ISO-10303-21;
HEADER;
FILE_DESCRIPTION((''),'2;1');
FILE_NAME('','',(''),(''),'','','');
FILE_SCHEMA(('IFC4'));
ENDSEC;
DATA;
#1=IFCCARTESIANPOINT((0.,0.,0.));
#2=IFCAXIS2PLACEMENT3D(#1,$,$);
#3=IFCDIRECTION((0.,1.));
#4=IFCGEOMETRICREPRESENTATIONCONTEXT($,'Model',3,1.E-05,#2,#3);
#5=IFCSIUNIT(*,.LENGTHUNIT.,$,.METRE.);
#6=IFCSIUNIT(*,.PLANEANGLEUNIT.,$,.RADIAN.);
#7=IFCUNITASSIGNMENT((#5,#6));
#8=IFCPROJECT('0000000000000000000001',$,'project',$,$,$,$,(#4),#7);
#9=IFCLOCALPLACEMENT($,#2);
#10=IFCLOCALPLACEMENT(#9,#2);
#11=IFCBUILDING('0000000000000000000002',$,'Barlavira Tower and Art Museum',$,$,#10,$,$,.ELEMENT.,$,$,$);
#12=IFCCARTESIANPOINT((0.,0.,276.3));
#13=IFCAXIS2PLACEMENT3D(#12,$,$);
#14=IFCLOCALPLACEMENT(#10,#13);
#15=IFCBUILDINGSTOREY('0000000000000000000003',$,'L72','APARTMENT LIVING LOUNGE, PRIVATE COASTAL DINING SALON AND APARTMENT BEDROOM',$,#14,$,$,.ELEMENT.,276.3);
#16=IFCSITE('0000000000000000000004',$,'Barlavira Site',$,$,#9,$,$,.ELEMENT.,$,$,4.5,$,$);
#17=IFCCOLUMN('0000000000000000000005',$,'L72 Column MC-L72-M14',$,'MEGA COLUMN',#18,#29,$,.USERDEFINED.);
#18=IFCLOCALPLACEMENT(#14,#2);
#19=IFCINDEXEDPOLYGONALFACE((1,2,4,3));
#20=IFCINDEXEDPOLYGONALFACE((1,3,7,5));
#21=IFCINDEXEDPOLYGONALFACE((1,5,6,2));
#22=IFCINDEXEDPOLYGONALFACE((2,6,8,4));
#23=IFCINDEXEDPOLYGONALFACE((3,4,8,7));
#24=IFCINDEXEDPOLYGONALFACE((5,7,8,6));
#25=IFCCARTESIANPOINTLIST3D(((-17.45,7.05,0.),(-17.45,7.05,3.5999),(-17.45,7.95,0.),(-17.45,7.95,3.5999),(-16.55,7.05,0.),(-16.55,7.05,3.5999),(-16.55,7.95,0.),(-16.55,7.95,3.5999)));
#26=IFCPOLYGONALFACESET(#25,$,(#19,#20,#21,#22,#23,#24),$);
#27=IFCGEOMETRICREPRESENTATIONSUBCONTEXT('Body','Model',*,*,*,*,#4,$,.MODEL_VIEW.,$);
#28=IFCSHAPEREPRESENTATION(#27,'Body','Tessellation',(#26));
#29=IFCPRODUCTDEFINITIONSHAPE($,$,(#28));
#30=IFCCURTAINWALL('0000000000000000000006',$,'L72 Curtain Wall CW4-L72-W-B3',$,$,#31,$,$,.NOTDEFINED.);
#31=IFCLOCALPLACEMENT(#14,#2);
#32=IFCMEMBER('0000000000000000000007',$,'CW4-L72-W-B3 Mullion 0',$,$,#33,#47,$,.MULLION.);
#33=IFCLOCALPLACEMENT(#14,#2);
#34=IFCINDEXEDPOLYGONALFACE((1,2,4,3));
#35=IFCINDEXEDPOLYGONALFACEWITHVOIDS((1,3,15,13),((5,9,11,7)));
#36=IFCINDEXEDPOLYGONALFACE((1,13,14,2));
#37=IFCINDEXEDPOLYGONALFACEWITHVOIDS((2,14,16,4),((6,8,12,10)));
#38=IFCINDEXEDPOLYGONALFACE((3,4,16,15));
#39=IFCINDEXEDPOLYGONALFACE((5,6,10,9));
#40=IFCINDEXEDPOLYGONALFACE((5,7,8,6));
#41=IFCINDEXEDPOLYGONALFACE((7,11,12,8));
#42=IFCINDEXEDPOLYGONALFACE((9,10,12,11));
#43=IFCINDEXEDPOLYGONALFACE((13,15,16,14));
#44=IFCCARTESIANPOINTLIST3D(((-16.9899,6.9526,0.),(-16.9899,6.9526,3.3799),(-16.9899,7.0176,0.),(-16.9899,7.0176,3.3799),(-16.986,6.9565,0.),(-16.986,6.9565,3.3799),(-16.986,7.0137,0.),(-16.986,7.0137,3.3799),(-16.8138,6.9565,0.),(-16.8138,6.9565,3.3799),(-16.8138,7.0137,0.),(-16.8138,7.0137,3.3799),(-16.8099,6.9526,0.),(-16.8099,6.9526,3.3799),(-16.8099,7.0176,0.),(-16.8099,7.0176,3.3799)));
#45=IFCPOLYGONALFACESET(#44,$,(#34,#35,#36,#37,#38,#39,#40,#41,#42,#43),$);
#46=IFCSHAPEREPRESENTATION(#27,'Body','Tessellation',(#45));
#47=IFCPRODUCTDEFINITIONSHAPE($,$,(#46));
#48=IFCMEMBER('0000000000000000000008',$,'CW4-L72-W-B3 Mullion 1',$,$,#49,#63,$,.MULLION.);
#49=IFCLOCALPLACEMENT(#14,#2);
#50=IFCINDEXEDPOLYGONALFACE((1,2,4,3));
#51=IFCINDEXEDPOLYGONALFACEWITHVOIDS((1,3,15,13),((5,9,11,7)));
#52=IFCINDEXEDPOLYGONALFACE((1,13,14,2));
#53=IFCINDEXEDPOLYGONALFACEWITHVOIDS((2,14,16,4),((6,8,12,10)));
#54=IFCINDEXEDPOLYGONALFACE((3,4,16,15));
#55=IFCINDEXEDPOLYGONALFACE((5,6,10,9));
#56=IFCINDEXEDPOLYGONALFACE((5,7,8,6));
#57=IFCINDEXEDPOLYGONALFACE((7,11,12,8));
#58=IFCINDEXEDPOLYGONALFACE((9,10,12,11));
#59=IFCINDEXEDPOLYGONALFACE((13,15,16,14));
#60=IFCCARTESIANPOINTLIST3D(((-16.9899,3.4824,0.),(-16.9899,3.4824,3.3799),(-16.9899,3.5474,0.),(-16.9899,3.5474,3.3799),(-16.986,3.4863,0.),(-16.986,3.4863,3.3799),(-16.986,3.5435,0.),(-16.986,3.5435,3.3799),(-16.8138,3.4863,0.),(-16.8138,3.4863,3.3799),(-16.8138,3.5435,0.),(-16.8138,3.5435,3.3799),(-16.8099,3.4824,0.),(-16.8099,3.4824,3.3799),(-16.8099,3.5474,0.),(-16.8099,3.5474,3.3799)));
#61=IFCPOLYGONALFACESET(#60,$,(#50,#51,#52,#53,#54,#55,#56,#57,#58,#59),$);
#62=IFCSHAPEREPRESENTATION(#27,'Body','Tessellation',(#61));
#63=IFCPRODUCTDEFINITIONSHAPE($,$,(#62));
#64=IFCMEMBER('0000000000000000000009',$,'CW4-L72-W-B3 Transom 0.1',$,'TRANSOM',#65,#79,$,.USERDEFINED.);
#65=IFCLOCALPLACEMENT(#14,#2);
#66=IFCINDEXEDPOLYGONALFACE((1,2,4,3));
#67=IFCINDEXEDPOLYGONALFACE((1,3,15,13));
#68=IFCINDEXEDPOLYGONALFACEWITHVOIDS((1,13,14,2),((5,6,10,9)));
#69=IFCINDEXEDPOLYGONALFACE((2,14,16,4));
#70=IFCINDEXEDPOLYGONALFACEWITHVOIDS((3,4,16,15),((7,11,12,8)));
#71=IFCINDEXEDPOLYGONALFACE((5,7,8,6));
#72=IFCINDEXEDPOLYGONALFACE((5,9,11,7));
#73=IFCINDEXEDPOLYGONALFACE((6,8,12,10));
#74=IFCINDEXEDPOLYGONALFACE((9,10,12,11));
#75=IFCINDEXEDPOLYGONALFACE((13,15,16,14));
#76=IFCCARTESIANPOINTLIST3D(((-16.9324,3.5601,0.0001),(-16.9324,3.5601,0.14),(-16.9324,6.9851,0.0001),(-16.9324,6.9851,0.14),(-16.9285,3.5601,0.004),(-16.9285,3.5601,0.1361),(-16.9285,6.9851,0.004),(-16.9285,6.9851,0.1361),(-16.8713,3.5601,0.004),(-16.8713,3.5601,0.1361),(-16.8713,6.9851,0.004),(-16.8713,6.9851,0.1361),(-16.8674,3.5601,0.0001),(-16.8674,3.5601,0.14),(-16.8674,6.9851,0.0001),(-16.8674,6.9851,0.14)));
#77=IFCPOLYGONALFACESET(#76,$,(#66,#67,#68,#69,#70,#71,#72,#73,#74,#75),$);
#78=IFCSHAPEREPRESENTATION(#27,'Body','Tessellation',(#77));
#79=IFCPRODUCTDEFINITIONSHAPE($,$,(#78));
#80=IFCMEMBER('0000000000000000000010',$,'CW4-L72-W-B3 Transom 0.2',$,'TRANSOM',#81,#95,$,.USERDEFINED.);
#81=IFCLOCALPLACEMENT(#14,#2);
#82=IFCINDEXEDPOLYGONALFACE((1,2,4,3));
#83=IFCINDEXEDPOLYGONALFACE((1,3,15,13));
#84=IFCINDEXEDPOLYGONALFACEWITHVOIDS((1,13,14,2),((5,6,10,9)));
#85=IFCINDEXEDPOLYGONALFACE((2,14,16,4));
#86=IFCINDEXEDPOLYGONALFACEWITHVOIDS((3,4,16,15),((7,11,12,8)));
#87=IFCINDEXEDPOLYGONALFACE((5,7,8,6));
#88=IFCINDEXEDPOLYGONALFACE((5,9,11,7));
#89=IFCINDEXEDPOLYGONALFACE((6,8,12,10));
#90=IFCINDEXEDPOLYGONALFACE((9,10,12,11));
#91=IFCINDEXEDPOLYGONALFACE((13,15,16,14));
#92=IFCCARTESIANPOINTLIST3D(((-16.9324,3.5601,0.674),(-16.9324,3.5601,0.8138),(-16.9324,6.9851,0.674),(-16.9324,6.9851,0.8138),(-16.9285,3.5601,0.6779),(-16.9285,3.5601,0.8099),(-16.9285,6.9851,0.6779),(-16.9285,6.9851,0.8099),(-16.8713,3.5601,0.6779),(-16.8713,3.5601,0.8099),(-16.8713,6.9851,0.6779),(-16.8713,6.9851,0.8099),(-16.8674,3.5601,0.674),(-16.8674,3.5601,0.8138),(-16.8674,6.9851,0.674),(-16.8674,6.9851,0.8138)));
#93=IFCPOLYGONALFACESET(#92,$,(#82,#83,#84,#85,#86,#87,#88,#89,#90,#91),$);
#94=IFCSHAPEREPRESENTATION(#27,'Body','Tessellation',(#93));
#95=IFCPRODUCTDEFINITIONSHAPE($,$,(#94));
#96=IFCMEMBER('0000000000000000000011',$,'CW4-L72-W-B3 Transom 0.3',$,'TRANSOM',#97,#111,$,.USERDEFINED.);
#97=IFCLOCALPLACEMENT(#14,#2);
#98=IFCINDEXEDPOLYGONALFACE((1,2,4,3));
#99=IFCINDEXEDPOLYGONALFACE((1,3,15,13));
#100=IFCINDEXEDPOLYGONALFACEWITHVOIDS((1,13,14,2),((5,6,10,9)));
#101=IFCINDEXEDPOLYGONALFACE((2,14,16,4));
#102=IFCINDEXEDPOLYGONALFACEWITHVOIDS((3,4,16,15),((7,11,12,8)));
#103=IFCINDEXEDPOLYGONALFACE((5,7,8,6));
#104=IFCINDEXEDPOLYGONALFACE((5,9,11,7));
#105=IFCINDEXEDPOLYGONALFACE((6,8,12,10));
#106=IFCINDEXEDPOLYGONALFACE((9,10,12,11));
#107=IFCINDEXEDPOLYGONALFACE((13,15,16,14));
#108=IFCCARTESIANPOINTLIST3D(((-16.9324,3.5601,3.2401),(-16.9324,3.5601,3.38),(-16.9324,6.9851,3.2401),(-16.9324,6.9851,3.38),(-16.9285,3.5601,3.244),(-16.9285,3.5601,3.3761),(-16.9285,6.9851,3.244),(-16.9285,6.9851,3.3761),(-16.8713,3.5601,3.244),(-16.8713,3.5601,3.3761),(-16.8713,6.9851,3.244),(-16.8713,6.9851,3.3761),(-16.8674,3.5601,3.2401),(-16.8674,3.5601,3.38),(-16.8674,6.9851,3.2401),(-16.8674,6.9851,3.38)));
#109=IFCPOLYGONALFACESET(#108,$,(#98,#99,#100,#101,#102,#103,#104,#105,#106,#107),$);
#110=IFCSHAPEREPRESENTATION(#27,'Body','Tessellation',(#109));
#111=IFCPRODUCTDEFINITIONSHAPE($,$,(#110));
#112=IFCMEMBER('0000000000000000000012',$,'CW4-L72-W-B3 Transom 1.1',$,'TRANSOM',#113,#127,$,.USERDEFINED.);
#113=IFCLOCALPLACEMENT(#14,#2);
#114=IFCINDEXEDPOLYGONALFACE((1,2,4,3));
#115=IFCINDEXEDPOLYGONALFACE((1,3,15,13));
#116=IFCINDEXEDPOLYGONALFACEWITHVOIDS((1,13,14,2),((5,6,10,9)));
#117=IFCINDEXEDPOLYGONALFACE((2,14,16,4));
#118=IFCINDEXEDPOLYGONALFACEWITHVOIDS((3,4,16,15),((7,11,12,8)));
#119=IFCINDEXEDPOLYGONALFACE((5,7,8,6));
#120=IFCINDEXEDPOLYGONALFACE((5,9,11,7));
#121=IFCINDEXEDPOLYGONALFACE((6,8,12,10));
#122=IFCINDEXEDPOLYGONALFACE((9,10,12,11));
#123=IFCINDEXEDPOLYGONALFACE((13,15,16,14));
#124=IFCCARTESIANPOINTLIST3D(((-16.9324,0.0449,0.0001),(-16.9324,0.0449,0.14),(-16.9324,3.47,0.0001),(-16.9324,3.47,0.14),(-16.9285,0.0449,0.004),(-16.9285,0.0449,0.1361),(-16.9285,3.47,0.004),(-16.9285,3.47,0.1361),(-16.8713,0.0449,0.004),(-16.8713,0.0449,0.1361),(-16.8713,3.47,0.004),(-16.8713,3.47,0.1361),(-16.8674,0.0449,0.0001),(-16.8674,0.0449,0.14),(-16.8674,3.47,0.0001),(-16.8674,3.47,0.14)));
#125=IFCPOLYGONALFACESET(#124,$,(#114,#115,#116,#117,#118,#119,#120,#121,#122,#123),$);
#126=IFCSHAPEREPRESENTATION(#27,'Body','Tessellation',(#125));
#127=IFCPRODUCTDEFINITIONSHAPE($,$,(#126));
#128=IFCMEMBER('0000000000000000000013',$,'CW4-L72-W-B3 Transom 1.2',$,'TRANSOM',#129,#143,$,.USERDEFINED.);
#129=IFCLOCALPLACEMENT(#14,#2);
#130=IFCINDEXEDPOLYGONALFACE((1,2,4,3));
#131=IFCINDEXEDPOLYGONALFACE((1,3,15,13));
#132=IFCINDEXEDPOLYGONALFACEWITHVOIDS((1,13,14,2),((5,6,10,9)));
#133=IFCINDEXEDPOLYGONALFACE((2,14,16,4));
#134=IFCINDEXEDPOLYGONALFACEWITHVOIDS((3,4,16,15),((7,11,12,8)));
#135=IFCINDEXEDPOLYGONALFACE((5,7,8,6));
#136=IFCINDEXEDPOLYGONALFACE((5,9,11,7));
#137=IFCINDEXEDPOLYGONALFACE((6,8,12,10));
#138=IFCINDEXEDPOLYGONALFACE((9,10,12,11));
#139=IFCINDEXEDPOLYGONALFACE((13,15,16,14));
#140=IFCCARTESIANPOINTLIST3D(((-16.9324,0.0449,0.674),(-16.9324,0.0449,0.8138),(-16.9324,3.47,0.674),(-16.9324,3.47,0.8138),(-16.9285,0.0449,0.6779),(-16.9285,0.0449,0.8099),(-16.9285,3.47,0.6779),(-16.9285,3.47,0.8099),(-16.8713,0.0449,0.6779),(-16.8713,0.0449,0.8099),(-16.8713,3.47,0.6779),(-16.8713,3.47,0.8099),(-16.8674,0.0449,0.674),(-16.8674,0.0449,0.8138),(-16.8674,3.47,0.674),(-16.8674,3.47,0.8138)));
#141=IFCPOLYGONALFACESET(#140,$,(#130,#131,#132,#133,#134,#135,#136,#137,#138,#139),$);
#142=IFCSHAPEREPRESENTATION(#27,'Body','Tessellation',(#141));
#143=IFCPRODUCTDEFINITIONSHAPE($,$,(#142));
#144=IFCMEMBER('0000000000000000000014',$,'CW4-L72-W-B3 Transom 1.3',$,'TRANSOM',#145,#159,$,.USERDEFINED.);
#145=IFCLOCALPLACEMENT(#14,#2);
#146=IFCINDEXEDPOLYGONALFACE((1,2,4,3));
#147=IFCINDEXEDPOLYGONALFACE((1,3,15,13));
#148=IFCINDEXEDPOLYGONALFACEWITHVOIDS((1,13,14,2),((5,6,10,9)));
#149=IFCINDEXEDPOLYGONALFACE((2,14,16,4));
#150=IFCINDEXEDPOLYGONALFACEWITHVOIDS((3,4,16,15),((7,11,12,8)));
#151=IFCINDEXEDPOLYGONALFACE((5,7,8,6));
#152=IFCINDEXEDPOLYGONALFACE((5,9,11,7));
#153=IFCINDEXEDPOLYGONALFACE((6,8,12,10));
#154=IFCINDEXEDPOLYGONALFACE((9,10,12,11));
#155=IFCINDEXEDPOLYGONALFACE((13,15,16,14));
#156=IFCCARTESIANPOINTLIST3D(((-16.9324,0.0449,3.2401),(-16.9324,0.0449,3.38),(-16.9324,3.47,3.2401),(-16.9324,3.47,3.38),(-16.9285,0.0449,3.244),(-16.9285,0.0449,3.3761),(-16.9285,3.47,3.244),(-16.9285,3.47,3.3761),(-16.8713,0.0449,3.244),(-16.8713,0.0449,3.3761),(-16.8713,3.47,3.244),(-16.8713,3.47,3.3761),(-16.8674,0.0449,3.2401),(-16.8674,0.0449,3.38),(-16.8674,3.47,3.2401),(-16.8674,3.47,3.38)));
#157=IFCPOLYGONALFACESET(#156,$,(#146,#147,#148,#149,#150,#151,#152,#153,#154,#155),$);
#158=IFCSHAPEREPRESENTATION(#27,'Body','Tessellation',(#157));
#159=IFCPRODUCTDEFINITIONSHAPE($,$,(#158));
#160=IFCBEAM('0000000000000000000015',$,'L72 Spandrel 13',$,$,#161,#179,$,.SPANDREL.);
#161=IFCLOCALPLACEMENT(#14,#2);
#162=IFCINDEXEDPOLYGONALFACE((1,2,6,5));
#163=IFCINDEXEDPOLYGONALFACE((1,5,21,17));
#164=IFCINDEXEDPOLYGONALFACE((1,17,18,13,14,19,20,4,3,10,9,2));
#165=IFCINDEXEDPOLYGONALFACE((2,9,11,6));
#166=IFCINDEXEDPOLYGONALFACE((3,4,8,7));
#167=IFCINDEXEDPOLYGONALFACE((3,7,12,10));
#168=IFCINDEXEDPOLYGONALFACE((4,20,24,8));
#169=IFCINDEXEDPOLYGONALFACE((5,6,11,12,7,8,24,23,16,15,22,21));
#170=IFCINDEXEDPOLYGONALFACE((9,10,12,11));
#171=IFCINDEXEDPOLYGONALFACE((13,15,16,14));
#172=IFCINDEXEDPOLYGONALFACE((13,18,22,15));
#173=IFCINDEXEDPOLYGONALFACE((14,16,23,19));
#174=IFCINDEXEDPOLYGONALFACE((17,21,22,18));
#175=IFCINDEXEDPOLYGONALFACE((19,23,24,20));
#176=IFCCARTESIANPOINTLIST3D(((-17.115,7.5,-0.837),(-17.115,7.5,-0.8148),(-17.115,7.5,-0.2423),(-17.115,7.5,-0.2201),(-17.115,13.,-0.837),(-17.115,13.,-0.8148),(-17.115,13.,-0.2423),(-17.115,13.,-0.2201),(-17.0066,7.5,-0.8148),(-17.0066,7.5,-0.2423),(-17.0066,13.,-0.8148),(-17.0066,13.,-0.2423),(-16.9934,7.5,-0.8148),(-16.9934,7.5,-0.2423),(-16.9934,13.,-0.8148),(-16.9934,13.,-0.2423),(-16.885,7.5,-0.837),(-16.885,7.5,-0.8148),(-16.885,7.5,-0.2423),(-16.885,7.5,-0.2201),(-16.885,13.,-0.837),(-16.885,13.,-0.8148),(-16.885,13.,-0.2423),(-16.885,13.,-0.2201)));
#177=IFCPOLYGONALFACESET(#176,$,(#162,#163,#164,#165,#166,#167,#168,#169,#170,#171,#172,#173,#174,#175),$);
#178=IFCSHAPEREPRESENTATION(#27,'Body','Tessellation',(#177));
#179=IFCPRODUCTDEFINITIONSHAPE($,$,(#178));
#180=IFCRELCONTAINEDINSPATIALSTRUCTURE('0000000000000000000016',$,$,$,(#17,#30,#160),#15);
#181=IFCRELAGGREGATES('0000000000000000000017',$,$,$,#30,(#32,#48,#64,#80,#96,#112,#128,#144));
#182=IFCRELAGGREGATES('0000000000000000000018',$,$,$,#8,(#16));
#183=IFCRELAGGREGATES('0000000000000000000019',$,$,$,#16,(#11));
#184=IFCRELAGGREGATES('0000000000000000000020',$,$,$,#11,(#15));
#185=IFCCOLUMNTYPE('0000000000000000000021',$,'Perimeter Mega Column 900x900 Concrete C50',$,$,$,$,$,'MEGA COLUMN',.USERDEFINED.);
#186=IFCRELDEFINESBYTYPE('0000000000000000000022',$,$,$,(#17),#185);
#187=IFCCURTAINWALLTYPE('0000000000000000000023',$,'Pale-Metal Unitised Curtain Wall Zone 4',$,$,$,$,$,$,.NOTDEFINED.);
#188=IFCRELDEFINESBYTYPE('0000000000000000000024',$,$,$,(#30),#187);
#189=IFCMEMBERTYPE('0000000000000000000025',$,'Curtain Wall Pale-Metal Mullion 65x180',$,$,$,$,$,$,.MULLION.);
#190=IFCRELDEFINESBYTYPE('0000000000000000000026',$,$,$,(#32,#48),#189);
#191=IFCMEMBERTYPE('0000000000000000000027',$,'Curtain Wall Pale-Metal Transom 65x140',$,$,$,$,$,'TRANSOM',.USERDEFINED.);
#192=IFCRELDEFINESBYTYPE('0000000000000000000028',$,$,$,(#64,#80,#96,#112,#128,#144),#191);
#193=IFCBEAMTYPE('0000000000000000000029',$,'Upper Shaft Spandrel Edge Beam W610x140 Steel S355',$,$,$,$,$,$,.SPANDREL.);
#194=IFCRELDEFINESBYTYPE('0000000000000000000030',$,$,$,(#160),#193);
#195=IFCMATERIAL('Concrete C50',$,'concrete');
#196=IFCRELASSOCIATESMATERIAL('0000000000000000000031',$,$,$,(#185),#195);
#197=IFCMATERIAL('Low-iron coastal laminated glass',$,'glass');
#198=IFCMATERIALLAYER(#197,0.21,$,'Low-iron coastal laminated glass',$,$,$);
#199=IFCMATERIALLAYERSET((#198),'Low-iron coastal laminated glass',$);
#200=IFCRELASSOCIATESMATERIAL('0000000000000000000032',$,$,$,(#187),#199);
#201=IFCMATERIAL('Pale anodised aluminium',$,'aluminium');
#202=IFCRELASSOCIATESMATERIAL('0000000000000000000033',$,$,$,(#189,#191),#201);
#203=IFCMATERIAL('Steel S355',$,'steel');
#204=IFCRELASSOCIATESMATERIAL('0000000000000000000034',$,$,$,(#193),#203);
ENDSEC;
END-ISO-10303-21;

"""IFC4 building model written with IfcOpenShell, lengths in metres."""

from ifc_helpers import new_model, si_unit, direction, frame, origin, origin_2d, place, context, subcontext, project, spatial, rectangle, hollow_rectangle, i_section, extrude, material, layer, layer_set, material_profile, profile_set, type_object, element, aggregate, save


model = new_model("IFC4")

# Units and contexts
model_context = context("Model", 3, precision=1e-05, world=origin(), true_north=direction((0.0, 1.0)))
body_context = subcontext(model_context, "Body", "Model", "MODEL_VIEW")
ifc_project = project(units=[si_unit("LENGTHUNIT", "METRE"), si_unit("PLANEANGLEUNIT", "RADIAN")], contexts=[model_context])

# Site, building, storey
site_placement = place(None, origin())
site = spatial("IfcSite", under=ifc_project, at=site_placement, Name="Barlavira Site", CompositionType="ELEMENT", RefElevation=4.5)
building_placement = place(site_placement, origin())
building = spatial("IfcBuilding", under=site, at=building_placement, Name="Barlavira Tower and Art Museum", CompositionType="ELEMENT")
storey_placement = place(building_placement, frame((0.0, 0.0, 276.3)))
storey = spatial("IfcBuildingStorey", under=building, at=storey_placement, Name="L72", Description="APARTMENT LIVING LOUNGE, PRIVATE COASTAL DINING SALON AND APARTMENT BEDROOM", CompositionType="ELEMENT", Elevation=276.3)

# Column
ifc_material_1 = material(Name="Concrete C50", Category="concrete")
ifc_material_profile_1 = material_profile(ifc_material_1, rectangle(XDim=0.8999, YDim=0.8999, at=origin_2d()), Name="RC-COL 900x900")
ifc_profile_set_1 = profile_set([ifc_material_profile_1], Name="Concrete C50")
column_type = type_object("IfcColumnType", Name="Perimeter Mega Column 900x900 Concrete C50", ElementType="MEGA COLUMN", PredefinedType="USERDEFINED", material=ifc_profile_set_1)
column_placement = place(storey_placement, frame((-17.0, 7.5, 0.0), z_axis=(0.0, 0.0, 1.0), x_axis=(1.0, 0.0, 0.0)))
element("IfcColumn", 1, at=column_placement, inside=storey, type_object=column_type, Name="L72 Column MC-L72-M14", ObjectType="MEGA COLUMN", PredefinedType="USERDEFINED", context=body_context, shape_type="SweptSolid", body=[
    extrude(rectangle(XDim=0.8999, YDim=0.8999, at=origin_2d()), origin(), (0.0, 0.0, 1.0), 3.5999),
])

# Curtain wall, members
ifc_material_2 = material(Name="Low-iron coastal laminated glass", Category="glass")
ifc_layer_1 = layer(ifc_material_2, 0.21, Name="Low-iron coastal laminated glass")
ifc_layer_set_1 = layer_set([ifc_layer_1], Name="Low-iron coastal laminated glass")
curtain_wall_type = type_object("IfcCurtainWallType", Name="Pale-Metal Unitised Curtain Wall Zone 4", PredefinedType="NOTDEFINED", material=ifc_layer_set_1)
curtain_wall_placement = place(storey_placement, origin())
curtain_wall = element("IfcCurtainWall", 2, at=curtain_wall_placement, inside=storey, type_object=curtain_wall_type, Name="L72 Curtain Wall CW4-L72-W-B3", PredefinedType="NOTDEFINED")
ifc_material_3 = material(Name="Pale anodised aluminium", Category="aluminium")
ifc_material_profile_2 = material_profile(ifc_material_3, hollow_rectangle(XDim=0.0649, YDim=0.1799, WallThickness=0.0039, at=origin_2d()), Name="ALU-MULL 65x180x4")
ifc_profile_set_2 = profile_set([ifc_material_profile_2], Name="Pale anodised aluminium")
member_type_1 = type_object("IfcMemberType", Name="Curtain Wall Pale-Metal Mullion 65x180", PredefinedType="MULLION", material=ifc_profile_set_2)
member_1_placement = place(storey_placement, frame((-16.8999, 6.9851, 0.0), z_axis=(0.0, 0.0, 1.0), x_axis=(0.0, -1.0, 0.0)))
member_1 = element("IfcMember", 3, at=member_1_placement, type_object=member_type_1, Name="CW4-L72-W-B3 Mullion 0", PredefinedType="MULLION", context=body_context, shape_type="SweptSolid", body=[
    extrude(hollow_rectangle(XDim=0.0649, YDim=0.1799, WallThickness=0.0039, at=origin_2d()), origin(), (0.0, 0.0, 1.0), 3.3799),
])
member_2_placement = place(storey_placement, frame((-16.8999, 3.5149, 0.0), z_axis=(0.0, 0.0, 1.0), x_axis=(0.0, -1.0, 0.0)))
member_2 = element("IfcMember", 4, at=member_2_placement, type_object=member_type_1, Name="CW4-L72-W-B3 Mullion 1", PredefinedType="MULLION", context=body_context, shape_type="SweptSolid", body=[
    extrude(hollow_rectangle(XDim=0.0649, YDim=0.1799, WallThickness=0.0039, at=origin_2d()), origin(), (0.0, 0.0, 1.0), 3.3799),
])
ifc_material_profile_3 = material_profile(ifc_material_3, hollow_rectangle(XDim=0.0649, YDim=0.1399, WallThickness=0.0039, at=origin_2d()), Name="ALU-TRAN 65x140x4")
ifc_profile_set_3 = profile_set([ifc_material_profile_3], Name="Pale anodised aluminium")
member_type_2 = type_object("IfcMemberType", Name="Curtain Wall Pale-Metal Transom 65x140", ElementType="TRANSOM", PredefinedType="USERDEFINED", material=ifc_profile_set_3)
member_3_placement = place(storey_placement, frame((-16.8999, 6.9851, 0.0701), z_axis=(0.0, -1.0, 0.0), x_axis=(1.0, 0.0, 0.0)))
member_3 = element("IfcMember", 5, at=member_3_placement, type_object=member_type_2, Name="CW4-L72-W-B3 Transom 0.1", ObjectType="TRANSOM", PredefinedType="USERDEFINED", context=body_context, shape_type="SweptSolid", body=[
    extrude(hollow_rectangle(XDim=0.0649, YDim=0.1399, WallThickness=0.0039, at=origin_2d()), origin(), (0.0, 0.0, 1.0), 3.425),
])
member_4_placement = place(storey_placement, frame((-16.8999, 6.9851, 0.7439), z_axis=(0.0, -1.0, 0.0), x_axis=(1.0, 0.0, 0.0)))
member_4 = element("IfcMember", 6, at=member_4_placement, type_object=member_type_2, Name="CW4-L72-W-B3 Transom 0.2", ObjectType="TRANSOM", PredefinedType="USERDEFINED", context=body_context, shape_type="SweptSolid", body=[
    extrude(hollow_rectangle(XDim=0.0649, YDim=0.1399, WallThickness=0.0039, at=origin_2d()), origin(), (0.0, 0.0, 1.0), 3.425),
])
member_5_placement = place(storey_placement, frame((-16.8999, 6.9851, 3.3101), z_axis=(0.0, -1.0, 0.0), x_axis=(1.0, 0.0, 0.0)))
member_5 = element("IfcMember", 7, at=member_5_placement, type_object=member_type_2, Name="CW4-L72-W-B3 Transom 0.3", ObjectType="TRANSOM", PredefinedType="USERDEFINED", context=body_context, shape_type="SweptSolid", body=[
    extrude(hollow_rectangle(XDim=0.0649, YDim=0.1399, WallThickness=0.0039, at=origin_2d()), origin(), (0.0, 0.0, 1.0), 3.425),
])
member_6_placement = place(storey_placement, frame((-16.8999, 3.47, 0.0701), z_axis=(0.0, -1.0, 0.0), x_axis=(1.0, 0.0, 0.0)))
member_6 = element("IfcMember", 8, at=member_6_placement, type_object=member_type_2, Name="CW4-L72-W-B3 Transom 1.1", ObjectType="TRANSOM", PredefinedType="USERDEFINED", context=body_context, shape_type="SweptSolid", body=[
    extrude(hollow_rectangle(XDim=0.0649, YDim=0.1399, WallThickness=0.0039, at=origin_2d()), origin(), (0.0, 0.0, 1.0), 3.425),
])
member_7_placement = place(storey_placement, frame((-16.8999, 3.47, 0.7439), z_axis=(0.0, -1.0, 0.0), x_axis=(1.0, 0.0, 0.0)))
member_7 = element("IfcMember", 9, at=member_7_placement, type_object=member_type_2, Name="CW4-L72-W-B3 Transom 1.2", ObjectType="TRANSOM", PredefinedType="USERDEFINED", context=body_context, shape_type="SweptSolid", body=[
    extrude(hollow_rectangle(XDim=0.0649, YDim=0.1399, WallThickness=0.0039, at=origin_2d()), origin(), (0.0, 0.0, 1.0), 3.425),
])
member_8_placement = place(storey_placement, frame((-16.8999, 3.47, 3.3101), z_axis=(0.0, -1.0, 0.0), x_axis=(1.0, 0.0, 0.0)))
member_8 = element("IfcMember", 10, at=member_8_placement, type_object=member_type_2, Name="CW4-L72-W-B3 Transom 1.3", ObjectType="TRANSOM", PredefinedType="USERDEFINED", context=body_context, shape_type="SweptSolid", body=[
    extrude(hollow_rectangle(XDim=0.0649, YDim=0.1399, WallThickness=0.0039, at=origin_2d()), origin(), (0.0, 0.0, 1.0), 3.425),
])

# Beam
ifc_material_4 = material(Name="Steel S355", Category="steel")
ifc_material_profile_4 = material_profile(ifc_material_4, i_section(OverallWidth=0.23, OverallDepth=0.6169, WebThickness=0.0132, FlangeThickness=0.0222, at=origin_2d()), Name="W610x140.0")
ifc_profile_set_4 = profile_set([ifc_material_profile_4], Name="Steel S355")
beam_type_1 = type_object("IfcBeamType", Name="Upper Shaft Spandrel Edge Beam W610x140 Steel S355", PredefinedType="SPANDREL", material=ifc_profile_set_4)
beam_1_placement = place(storey_placement, frame((-17.0, 7.5, -0.5286), z_axis=(0.0, 1.0, 0.0), x_axis=(-1.0, 0.0, 0.0)))
element("IfcBeam", 11, at=beam_1_placement, inside=storey, type_object=beam_type_1, Name="L72 Spandrel 13", PredefinedType="SPANDREL", context=body_context, shape_type="SweptSolid", body=[
    extrude(i_section(OverallWidth=0.23, OverallDepth=0.6169, WebThickness=0.0132, FlangeThickness=0.0222, at=origin_2d()), origin(), (0.0, 0.0, 1.0), 5.5),
])

aggregate(curtain_wall, [member_1, member_2, member_3, member_4, member_5, member_6, member_7, member_8])

save(model, "model.ifc")
